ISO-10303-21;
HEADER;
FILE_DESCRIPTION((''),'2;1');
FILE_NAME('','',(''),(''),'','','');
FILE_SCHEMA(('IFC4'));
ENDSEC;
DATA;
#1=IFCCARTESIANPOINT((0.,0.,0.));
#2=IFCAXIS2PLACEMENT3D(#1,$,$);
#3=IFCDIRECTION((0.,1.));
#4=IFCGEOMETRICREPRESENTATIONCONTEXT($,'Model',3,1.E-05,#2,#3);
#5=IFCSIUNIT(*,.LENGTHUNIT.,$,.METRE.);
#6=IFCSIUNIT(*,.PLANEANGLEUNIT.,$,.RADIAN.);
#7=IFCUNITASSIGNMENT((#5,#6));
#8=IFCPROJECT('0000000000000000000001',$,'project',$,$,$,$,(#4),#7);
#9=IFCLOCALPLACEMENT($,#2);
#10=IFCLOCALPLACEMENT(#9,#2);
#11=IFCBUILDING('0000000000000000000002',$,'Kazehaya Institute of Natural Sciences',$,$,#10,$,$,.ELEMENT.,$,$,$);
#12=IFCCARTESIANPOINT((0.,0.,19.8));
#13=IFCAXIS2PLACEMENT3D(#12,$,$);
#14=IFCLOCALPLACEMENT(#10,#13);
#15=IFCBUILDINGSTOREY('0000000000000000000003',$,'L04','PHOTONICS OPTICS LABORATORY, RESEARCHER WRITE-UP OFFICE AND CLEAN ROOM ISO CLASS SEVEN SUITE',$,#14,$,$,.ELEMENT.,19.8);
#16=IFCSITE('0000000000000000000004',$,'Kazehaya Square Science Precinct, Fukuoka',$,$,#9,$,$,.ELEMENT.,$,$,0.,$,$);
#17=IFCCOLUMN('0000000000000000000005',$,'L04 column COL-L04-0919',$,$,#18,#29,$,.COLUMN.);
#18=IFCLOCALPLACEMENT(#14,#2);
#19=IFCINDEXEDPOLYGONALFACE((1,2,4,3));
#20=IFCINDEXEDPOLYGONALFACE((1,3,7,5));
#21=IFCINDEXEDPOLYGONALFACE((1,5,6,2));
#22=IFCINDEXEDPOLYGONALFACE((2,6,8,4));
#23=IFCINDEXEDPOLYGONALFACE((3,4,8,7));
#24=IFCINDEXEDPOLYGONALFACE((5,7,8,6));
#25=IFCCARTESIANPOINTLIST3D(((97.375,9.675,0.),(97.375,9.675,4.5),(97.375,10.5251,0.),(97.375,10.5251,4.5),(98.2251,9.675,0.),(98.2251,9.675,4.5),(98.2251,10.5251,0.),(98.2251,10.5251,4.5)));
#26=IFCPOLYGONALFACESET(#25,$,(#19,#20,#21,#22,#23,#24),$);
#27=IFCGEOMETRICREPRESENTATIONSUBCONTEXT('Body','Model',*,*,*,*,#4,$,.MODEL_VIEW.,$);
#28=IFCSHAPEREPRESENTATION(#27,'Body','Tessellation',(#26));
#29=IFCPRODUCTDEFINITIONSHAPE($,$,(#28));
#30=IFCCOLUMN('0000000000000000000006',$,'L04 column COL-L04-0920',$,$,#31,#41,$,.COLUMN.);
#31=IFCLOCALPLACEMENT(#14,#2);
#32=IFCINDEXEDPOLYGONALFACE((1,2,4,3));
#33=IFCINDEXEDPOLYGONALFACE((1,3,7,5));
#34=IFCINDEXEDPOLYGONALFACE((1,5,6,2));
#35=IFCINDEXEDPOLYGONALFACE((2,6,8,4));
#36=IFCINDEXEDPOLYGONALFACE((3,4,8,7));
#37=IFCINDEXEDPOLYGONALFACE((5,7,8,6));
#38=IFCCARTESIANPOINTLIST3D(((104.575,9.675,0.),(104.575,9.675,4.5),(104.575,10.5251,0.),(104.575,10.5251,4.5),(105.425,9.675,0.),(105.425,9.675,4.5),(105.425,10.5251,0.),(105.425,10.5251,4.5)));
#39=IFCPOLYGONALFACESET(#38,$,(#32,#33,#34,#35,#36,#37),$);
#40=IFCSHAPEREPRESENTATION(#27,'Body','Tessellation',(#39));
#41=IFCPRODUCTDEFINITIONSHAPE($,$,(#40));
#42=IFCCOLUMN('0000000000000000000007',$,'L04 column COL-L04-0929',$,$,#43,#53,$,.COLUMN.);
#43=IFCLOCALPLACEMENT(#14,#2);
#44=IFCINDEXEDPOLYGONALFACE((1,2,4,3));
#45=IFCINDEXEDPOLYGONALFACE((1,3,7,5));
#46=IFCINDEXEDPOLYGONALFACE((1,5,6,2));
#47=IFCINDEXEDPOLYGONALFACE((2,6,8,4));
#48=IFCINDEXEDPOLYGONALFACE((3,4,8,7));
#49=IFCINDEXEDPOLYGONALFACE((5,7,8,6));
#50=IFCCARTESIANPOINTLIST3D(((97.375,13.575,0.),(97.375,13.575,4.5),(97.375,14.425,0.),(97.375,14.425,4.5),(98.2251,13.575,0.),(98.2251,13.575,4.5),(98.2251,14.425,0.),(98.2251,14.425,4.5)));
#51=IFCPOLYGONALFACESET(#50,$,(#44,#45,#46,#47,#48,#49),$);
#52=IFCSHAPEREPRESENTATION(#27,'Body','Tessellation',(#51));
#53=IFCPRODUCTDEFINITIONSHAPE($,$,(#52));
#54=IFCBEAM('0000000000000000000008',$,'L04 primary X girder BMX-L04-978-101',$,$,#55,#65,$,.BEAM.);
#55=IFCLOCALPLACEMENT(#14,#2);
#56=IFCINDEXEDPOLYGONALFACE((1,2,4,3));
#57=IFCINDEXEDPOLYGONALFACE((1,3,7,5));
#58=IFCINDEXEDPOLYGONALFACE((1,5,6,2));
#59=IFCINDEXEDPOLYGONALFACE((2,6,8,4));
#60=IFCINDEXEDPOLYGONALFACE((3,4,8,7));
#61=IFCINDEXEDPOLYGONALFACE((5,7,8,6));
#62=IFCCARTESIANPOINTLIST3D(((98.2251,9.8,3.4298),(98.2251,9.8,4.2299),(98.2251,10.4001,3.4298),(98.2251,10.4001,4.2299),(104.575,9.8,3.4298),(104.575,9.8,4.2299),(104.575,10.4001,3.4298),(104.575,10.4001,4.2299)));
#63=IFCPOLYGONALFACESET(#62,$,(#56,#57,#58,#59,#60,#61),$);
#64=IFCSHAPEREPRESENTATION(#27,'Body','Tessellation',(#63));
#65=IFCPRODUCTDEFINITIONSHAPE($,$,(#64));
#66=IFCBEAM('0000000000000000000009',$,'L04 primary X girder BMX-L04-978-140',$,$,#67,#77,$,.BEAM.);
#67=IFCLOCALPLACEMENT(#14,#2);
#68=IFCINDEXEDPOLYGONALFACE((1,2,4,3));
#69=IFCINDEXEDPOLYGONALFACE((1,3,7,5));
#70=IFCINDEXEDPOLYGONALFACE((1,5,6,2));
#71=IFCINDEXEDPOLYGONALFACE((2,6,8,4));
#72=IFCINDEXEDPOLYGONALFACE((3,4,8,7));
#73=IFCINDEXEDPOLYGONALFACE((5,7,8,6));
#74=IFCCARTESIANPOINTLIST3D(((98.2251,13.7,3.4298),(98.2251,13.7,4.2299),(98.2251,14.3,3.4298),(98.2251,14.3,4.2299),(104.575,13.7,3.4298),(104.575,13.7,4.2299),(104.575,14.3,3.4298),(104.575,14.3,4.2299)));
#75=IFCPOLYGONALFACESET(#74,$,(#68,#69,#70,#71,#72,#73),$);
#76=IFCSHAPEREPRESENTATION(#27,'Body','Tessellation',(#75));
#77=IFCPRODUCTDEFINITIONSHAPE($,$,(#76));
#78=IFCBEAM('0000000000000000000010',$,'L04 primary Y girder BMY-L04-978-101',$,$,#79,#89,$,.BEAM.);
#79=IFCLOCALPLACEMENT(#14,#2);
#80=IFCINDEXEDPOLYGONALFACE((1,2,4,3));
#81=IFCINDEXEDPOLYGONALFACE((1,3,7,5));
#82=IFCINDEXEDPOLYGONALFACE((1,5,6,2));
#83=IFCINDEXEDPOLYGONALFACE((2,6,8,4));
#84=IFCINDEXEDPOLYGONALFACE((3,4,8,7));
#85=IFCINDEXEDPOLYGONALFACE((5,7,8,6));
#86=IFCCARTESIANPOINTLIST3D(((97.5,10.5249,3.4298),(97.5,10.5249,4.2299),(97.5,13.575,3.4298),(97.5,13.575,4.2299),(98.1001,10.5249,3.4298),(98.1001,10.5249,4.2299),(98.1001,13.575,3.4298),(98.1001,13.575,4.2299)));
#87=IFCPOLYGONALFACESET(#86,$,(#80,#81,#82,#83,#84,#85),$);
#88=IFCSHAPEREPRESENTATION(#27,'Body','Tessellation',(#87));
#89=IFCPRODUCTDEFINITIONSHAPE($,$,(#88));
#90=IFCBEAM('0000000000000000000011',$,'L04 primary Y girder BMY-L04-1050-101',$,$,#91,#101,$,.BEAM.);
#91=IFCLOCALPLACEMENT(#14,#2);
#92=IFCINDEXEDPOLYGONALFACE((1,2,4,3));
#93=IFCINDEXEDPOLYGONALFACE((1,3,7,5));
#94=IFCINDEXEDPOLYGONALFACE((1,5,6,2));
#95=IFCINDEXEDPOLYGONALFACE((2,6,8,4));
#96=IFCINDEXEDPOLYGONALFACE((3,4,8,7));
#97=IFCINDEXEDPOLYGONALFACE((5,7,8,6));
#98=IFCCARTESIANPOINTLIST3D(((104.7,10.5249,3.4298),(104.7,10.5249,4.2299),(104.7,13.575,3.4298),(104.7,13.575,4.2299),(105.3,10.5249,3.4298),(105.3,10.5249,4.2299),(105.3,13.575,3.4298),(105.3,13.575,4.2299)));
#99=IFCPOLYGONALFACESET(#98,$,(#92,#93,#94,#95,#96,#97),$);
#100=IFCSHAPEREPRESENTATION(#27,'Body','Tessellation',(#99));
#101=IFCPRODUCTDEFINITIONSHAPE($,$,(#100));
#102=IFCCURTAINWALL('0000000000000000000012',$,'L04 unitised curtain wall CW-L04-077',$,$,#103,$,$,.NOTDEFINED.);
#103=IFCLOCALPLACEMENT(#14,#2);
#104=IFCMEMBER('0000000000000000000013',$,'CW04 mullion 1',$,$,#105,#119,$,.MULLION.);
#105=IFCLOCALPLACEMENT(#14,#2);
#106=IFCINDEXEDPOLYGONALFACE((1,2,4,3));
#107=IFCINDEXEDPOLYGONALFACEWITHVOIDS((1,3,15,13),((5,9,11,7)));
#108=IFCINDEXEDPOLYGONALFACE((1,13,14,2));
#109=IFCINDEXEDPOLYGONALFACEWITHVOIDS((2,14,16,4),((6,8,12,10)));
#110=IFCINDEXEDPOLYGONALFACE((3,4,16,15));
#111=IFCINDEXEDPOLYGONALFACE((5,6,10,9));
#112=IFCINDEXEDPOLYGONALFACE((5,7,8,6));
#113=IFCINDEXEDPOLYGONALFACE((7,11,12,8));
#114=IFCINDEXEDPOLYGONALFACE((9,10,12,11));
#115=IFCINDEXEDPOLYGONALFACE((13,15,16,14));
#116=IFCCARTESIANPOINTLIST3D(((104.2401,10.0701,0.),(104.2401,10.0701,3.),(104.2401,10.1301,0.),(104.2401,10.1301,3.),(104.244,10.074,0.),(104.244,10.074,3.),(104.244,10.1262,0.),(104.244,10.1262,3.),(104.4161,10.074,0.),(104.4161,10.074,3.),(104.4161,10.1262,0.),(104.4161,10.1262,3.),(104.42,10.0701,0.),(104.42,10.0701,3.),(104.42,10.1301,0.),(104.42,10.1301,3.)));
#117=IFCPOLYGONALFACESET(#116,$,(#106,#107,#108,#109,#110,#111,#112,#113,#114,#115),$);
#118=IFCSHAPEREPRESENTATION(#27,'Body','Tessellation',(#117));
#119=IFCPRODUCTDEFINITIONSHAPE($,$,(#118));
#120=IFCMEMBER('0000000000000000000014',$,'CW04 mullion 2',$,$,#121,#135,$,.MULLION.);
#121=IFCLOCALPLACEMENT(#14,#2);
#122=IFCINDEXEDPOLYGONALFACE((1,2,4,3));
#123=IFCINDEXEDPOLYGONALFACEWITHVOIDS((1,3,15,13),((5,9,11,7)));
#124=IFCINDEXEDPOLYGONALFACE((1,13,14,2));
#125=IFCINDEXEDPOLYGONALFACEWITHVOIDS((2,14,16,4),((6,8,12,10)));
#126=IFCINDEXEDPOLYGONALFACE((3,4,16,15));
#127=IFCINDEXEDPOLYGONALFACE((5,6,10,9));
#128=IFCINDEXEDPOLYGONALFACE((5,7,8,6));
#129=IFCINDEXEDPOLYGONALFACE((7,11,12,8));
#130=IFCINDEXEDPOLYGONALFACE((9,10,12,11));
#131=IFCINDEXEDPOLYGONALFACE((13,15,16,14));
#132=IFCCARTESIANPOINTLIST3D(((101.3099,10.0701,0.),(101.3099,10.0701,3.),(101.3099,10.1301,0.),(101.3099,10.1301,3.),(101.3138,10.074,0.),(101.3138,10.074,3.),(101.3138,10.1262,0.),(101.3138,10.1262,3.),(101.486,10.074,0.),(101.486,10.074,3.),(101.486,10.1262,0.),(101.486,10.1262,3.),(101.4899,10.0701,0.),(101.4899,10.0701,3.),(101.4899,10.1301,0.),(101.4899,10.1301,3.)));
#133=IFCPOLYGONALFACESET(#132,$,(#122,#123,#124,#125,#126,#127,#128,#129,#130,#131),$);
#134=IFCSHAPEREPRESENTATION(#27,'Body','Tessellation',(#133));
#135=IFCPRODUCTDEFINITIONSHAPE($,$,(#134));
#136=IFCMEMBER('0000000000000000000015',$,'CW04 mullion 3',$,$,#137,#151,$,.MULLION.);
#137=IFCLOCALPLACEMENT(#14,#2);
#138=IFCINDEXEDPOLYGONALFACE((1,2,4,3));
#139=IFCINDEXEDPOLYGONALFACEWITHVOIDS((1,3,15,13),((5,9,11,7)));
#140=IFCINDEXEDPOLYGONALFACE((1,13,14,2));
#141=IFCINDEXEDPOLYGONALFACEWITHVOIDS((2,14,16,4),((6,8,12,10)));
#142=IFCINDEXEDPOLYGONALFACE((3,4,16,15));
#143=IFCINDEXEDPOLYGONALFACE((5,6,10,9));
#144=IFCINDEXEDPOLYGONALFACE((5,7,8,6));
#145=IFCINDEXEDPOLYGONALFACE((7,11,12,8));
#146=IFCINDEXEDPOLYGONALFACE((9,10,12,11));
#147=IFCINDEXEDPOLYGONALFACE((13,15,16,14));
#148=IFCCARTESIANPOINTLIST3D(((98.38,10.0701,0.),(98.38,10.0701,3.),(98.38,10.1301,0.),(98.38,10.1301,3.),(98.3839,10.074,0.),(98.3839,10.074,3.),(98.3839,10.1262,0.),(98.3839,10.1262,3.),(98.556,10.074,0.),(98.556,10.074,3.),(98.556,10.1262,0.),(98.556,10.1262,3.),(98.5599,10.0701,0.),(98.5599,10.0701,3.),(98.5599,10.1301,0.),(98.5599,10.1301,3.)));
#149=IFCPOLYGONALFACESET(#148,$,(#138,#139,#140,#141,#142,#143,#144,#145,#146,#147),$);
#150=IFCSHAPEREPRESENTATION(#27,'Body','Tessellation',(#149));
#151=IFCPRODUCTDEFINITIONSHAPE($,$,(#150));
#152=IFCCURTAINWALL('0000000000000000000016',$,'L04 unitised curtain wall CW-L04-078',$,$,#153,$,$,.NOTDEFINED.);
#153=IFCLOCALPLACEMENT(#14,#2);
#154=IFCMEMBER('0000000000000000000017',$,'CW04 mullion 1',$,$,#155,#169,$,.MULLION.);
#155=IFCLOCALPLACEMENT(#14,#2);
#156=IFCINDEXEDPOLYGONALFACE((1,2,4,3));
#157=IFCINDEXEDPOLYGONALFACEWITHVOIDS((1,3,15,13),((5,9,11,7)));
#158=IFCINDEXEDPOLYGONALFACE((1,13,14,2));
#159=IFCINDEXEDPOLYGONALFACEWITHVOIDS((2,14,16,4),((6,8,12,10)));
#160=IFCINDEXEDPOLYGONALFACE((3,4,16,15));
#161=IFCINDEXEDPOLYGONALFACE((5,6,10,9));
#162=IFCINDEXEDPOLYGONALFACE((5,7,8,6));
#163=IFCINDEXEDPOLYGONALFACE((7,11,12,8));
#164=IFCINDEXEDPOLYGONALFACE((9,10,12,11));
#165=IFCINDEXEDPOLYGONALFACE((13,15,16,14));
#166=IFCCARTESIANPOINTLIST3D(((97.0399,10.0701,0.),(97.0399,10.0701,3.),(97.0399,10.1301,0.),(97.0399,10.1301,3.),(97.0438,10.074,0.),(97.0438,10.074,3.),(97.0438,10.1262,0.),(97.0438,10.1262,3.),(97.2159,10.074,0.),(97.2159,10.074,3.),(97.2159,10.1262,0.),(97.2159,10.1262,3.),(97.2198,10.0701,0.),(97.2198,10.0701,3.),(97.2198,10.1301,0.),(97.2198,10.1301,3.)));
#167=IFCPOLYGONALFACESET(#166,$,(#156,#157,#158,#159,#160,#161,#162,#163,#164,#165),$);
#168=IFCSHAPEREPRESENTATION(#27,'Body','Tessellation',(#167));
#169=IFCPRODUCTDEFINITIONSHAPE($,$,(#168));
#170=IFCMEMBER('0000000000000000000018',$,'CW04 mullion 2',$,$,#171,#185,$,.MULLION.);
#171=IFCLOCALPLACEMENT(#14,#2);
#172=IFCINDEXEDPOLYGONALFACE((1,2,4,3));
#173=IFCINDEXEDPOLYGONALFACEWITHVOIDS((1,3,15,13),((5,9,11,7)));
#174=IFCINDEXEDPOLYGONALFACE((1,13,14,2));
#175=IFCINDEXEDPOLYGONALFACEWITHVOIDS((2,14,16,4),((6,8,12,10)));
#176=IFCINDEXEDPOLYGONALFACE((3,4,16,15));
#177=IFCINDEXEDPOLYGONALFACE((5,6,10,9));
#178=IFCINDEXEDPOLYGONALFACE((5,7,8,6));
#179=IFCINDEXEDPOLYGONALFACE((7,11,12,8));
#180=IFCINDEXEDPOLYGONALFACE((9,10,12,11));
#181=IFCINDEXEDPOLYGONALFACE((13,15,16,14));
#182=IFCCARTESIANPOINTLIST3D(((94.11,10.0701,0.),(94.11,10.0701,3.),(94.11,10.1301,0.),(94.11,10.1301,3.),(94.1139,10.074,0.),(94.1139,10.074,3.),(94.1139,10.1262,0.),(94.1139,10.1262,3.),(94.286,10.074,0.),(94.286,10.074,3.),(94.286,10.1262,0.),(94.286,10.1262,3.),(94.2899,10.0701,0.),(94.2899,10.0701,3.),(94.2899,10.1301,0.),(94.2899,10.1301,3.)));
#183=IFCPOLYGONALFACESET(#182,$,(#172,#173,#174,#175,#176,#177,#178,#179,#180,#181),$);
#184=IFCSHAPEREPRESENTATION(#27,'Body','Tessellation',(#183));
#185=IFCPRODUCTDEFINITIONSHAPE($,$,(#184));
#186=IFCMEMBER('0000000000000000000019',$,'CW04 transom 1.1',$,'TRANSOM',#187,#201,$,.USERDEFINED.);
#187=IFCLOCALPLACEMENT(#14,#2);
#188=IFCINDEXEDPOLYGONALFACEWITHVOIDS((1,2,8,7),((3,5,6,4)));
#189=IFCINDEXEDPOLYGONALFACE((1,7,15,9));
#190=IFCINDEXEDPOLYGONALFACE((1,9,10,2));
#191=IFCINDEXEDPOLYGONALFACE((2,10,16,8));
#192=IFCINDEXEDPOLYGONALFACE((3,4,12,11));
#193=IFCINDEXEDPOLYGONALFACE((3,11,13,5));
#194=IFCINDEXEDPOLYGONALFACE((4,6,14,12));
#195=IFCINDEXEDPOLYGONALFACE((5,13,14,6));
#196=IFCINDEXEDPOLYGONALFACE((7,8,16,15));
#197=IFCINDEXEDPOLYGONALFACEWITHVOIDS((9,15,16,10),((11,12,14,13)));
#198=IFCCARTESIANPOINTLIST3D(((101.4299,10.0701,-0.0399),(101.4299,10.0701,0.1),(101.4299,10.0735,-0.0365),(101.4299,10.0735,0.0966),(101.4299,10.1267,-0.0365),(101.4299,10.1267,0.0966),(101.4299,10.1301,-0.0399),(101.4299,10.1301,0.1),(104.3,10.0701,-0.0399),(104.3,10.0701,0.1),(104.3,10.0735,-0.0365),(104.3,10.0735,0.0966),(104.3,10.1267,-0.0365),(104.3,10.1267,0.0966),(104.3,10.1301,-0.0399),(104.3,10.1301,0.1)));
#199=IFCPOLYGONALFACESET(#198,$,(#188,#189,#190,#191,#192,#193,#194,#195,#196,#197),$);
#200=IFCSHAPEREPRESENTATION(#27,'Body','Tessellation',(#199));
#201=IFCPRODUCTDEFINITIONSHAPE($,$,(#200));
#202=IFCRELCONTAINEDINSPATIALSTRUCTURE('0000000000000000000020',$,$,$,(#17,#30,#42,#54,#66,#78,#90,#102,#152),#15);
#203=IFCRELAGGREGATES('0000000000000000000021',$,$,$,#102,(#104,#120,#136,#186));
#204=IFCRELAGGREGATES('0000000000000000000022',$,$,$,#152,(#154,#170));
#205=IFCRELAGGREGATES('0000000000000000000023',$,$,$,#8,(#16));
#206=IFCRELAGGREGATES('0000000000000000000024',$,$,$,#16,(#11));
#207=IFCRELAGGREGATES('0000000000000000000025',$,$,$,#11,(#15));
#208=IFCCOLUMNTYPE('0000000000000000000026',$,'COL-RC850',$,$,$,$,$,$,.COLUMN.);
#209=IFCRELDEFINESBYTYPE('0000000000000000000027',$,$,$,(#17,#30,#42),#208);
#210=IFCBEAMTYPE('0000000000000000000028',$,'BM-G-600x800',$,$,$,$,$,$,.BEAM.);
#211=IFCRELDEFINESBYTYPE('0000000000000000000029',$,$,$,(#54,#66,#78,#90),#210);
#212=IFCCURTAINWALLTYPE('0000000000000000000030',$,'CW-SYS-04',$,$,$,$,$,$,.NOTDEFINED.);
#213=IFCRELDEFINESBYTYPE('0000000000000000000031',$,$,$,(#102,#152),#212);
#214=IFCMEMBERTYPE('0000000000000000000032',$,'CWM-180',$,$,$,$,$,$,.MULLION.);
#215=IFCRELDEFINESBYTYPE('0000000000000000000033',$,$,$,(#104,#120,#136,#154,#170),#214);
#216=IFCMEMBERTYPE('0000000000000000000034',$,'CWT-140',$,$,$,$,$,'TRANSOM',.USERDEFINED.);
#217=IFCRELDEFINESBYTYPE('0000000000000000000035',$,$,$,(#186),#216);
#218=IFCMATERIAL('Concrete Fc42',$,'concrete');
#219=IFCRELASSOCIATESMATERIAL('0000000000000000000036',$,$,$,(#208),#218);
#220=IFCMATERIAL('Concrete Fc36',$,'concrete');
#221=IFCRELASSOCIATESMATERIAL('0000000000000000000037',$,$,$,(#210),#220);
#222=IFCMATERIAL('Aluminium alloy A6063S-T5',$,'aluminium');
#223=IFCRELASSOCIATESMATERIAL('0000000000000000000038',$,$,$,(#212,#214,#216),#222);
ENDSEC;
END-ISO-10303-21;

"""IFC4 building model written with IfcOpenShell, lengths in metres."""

from ifc_helpers import new_model, si_unit, direction, frame, origin, origin_2d, place, context, subcontext, project, spatial, rectangle, hollow_rectangle, extrude, material, material_profile, profile_set, type_object, element, aggregate, save


model = new_model("IFC4")

# Units and contexts
model_context = context("Model", 3, precision=1e-05, world=origin(), true_north=direction((0.0, 1.0)))
body_context = subcontext(model_context, "Body", "Model", "MODEL_VIEW")
ifc_project = project(units=[si_unit("LENGTHUNIT", "METRE"), si_unit("PLANEANGLEUNIT", "RADIAN")], contexts=[model_context])

# Site, building, storey
site_placement = place(None, origin())
site = spatial("IfcSite", under=ifc_project, at=site_placement, Name="Kazehaya Square Science Precinct, Fukuoka", CompositionType="ELEMENT", RefElevation=0.0)
building_placement = place(site_placement, origin())
building = spatial("IfcBuilding", under=site, at=building_placement, Name="Kazehaya Institute of Natural Sciences", CompositionType="ELEMENT")
storey_placement = place(building_placement, frame((0.0, 0.0, 19.8)))
storey = spatial("IfcBuildingStorey", under=building, at=storey_placement, Name="L04", Description="PHOTONICS OPTICS LABORATORY, RESEARCHER WRITE-UP OFFICE AND CLEAN ROOM ISO CLASS SEVEN SUITE", CompositionType="ELEMENT", Elevation=19.8)

# Columns
ifc_material_1 = material(Name="Concrete Fc42", Category="concrete")
ifc_material_profile_1 = material_profile(ifc_material_1, rectangle(XDim=0.8501, YDim=0.8501, at=origin_2d()), Name="RC-850x850")
ifc_profile_set_1 = profile_set([ifc_material_profile_1], Name="Concrete Fc42")
column_type = type_object("IfcColumnType", Name="COL-RC850", PredefinedType="COLUMN", material=ifc_profile_set_1)
for number, where, z_axis, x_axis, name in (
    (1, (97.8, 10.1001, 0.0), (0.0, 0.0, 1.0), (1.0, 0.0, 0.0), "L04 column COL-L04-0919"),
    (2, (105.0, 10.1001, 0.0), (0.0, 0.0, 1.0), (1.0, 0.0, 0.0), "L04 column COL-L04-0920"),
    (3, (97.8, 14.0, 0.0), (0.0, 0.0, 1.0), (1.0, 0.0, 0.0), "L04 column COL-L04-0929"),
):
    element("IfcColumn", number, at=place(storey_placement, frame(where, z_axis=z_axis, x_axis=x_axis)), inside=storey, type_object=column_type, Name=name, PredefinedType="COLUMN", context=body_context, shape_type="SweptSolid", body=[
        extrude(rectangle(XDim=0.8501, YDim=0.8501, at=origin_2d()), origin(), (0.0, 0.0, 1.0), 4.5),
    ])

# Beams
ifc_material_2 = material(Name="Concrete Fc36", Category="concrete")
ifc_material_profile_2 = material_profile(ifc_material_2, rectangle(XDim=0.6001, YDim=0.8, at=origin_2d()), Name="RC-600x800")
ifc_profile_set_2 = profile_set([ifc_material_profile_2], Name="Concrete Fc36")
beam_type = type_object("IfcBeamType", Name="BM-G-600x800", PredefinedType="BEAM", material=ifc_profile_set_2)
for number, where, z_axis, x_axis, name in (
    (4, (98.2251, 10.1001, 3.8298), (1.0, 0.0, 0.0), (0.0, 1.0, 0.0), "L04 primary X girder BMX-L04-978-101"),
    (5, (98.2251, 14.0, 3.8298), (1.0, 0.0, 0.0), (0.0, 1.0, 0.0), "L04 primary X girder BMX-L04-978-140"),
):
    element("IfcBeam", number, at=place(storey_placement, frame(where, z_axis=z_axis, x_axis=x_axis)), inside=storey, type_object=beam_type, Name=name, PredefinedType="BEAM", context=body_context, shape_type="SweptSolid", body=[
        extrude(rectangle(XDim=0.6001, YDim=0.8, at=origin_2d()), origin(), (0.0, 0.0, 1.0), 6.3499),
    ])
for number, where, z_axis, x_axis, name in (
    (6, (97.8, 10.5249, 3.8298), (0.0, 1.0, 0.0), (-1.0, 0.0, 0.0), "L04 primary Y girder BMY-L04-978-101"),
    (7, (105.0, 10.5249, 3.8298), (0.0, 1.0, 0.0), (-1.0, 0.0, 0.0), "L04 primary Y girder BMY-L04-1050-101"),
):
    element("IfcBeam", number, at=place(storey_placement, frame(where, z_axis=z_axis, x_axis=x_axis)), inside=storey, type_object=beam_type, Name=name, PredefinedType="BEAM", context=body_context, shape_type="SweptSolid", body=[
        extrude(rectangle(XDim=0.6001, YDim=0.8, at=origin_2d()), origin(), (0.0, 0.0, 1.0), 3.05),
    ])

# Curtain walls, members
ifc_material_3 = material(Name="Aluminium alloy A6063S-T5", Category="aluminium")
curtain_wall_type = type_object("IfcCurtainWallType", Name="CW-SYS-04", PredefinedType="NOTDEFINED", material=ifc_material_3)
curtain_wall_1_placement = place(storey_placement, origin())
curtain_wall_1 = element("IfcCurtainWall", 8, at=curtain_wall_1_placement, inside=storey, type_object=curtain_wall_type, Name="L04 unitised curtain wall CW-L04-077", PredefinedType="NOTDEFINED")
ifc_material_profile_3 = material_profile(ifc_material_3, hollow_rectangle(XDim=0.0601, YDim=0.1799, WallThickness=0.0039, at=origin_2d()), Name="ALU-60x180x4")
ifc_profile_set_3 = profile_set([ifc_material_profile_3], Name="Aluminium alloy A6063S-T5")
member_type_1 = type_object("IfcMemberType", Name="CWM-180", PredefinedType="MULLION", material=ifc_profile_set_3)
member_1_placement = place(storey_placement, frame((104.3301, 10.1001, 0.0), z_axis=(0.0, 0.0, 1.0), x_axis=(0.0, -1.0, 0.0)))
member_1 = element("IfcMember", 9, at=member_1_placement, type_object=member_type_1, Name="CW04 mullion 1", PredefinedType="MULLION", context=body_context, shape_type="SweptSolid", body=[
    extrude(hollow_rectangle(XDim=0.0601, YDim=0.1799, WallThickness=0.0039, at=origin_2d()), origin(), (0.0, 0.0, 1.0), 3.0),
])
member_2_placement = place(storey_placement, frame((101.3999, 10.1001, 0.0), z_axis=(0.0, 0.0, 1.0), x_axis=(0.0, -1.0, 0.0)))
member_2 = element("IfcMember", 10, at=member_2_placement, type_object=member_type_1, Name="CW04 mullion 2", PredefinedType="MULLION", context=body_context, shape_type="SweptSolid", body=[
    extrude(hollow_rectangle(XDim=0.0601, YDim=0.1799, WallThickness=0.0039, at=origin_2d()), origin(), (0.0, 0.0, 1.0), 3.0),
])
member_3_placement = place(storey_placement, frame((98.47, 10.1001, 0.0), z_axis=(0.0, 0.0, 1.0), x_axis=(0.0, -1.0, 0.0)))
member_3 = element("IfcMember", 11, at=member_3_placement, type_object=member_type_1, Name="CW04 mullion 3", PredefinedType="MULLION", context=body_context, shape_type="SweptSolid", body=[
    extrude(hollow_rectangle(XDim=0.0601, YDim=0.1799, WallThickness=0.0039, at=origin_2d()), origin(), (0.0, 0.0, 1.0), 3.0),
])
curtain_wall_2_placement = place(storey_placement, origin())
curtain_wall_2 = element("IfcCurtainWall", 12, at=curtain_wall_2_placement, inside=storey, type_object=curtain_wall_type, Name="L04 unitised curtain wall CW-L04-078", PredefinedType="NOTDEFINED")
member_4_placement = place(storey_placement, frame((97.1299, 10.1001, 0.0), z_axis=(0.0, 0.0, 1.0), x_axis=(0.0, -1.0, 0.0)))
member_4 = element("IfcMember", 13, at=member_4_placement, type_object=member_type_1, Name="CW04 mullion 1", PredefinedType="MULLION", context=body_context, shape_type="SweptSolid", body=[
    extrude(hollow_rectangle(XDim=0.0601, YDim=0.1799, WallThickness=0.0039, at=origin_2d()), origin(), (0.0, 0.0, 1.0), 3.0),
])
member_5_placement = place(storey_placement, frame((94.2, 10.1001, 0.0), z_axis=(0.0, 0.0, 1.0), x_axis=(0.0, -1.0, 0.0)))
member_5 = element("IfcMember", 14, at=member_5_placement, type_object=member_type_1, Name="CW04 mullion 2", PredefinedType="MULLION", context=body_context, shape_type="SweptSolid", body=[
    extrude(hollow_rectangle(XDim=0.0601, YDim=0.1799, WallThickness=0.0039, at=origin_2d()), origin(), (0.0, 0.0, 1.0), 3.0),
])

# Member
ifc_material_profile_4 = material_profile(ifc_material_3, hollow_rectangle(XDim=0.0601, YDim=0.1399, WallThickness=0.0034, at=origin_2d()), Name="ALU-60x140x3.5")
ifc_profile_set_4 = profile_set([ifc_material_profile_4], Name="Aluminium alloy A6063S-T5")
member_type_2 = type_object("IfcMemberType", Name="CWT-140", ElementType="TRANSOM", PredefinedType="USERDEFINED", material=ifc_profile_set_4)
member_6_placement = place(storey_placement, frame((104.3, 10.1001, 0.03), z_axis=(-1.0, 0.0, 0.0), x_axis=(0.0, -1.0, 0.0)))
member_6 = element("IfcMember", 15, at=member_6_placement, type_object=member_type_2, Name="CW04 transom 1.1", ObjectType="TRANSOM", PredefinedType="USERDEFINED", context=body_context, shape_type="SweptSolid", body=[
    extrude(hollow_rectangle(XDim=0.0601, YDim=0.1399, WallThickness=0.0034, at=origin_2d()), origin(), (0.0, 0.0, 1.0), 2.8701),
])

aggregate(curtain_wall_1, [member_1, member_2, member_3, member_6])
aggregate(curtain_wall_2, [member_4, member_5])

save(model, "model.ifc")
